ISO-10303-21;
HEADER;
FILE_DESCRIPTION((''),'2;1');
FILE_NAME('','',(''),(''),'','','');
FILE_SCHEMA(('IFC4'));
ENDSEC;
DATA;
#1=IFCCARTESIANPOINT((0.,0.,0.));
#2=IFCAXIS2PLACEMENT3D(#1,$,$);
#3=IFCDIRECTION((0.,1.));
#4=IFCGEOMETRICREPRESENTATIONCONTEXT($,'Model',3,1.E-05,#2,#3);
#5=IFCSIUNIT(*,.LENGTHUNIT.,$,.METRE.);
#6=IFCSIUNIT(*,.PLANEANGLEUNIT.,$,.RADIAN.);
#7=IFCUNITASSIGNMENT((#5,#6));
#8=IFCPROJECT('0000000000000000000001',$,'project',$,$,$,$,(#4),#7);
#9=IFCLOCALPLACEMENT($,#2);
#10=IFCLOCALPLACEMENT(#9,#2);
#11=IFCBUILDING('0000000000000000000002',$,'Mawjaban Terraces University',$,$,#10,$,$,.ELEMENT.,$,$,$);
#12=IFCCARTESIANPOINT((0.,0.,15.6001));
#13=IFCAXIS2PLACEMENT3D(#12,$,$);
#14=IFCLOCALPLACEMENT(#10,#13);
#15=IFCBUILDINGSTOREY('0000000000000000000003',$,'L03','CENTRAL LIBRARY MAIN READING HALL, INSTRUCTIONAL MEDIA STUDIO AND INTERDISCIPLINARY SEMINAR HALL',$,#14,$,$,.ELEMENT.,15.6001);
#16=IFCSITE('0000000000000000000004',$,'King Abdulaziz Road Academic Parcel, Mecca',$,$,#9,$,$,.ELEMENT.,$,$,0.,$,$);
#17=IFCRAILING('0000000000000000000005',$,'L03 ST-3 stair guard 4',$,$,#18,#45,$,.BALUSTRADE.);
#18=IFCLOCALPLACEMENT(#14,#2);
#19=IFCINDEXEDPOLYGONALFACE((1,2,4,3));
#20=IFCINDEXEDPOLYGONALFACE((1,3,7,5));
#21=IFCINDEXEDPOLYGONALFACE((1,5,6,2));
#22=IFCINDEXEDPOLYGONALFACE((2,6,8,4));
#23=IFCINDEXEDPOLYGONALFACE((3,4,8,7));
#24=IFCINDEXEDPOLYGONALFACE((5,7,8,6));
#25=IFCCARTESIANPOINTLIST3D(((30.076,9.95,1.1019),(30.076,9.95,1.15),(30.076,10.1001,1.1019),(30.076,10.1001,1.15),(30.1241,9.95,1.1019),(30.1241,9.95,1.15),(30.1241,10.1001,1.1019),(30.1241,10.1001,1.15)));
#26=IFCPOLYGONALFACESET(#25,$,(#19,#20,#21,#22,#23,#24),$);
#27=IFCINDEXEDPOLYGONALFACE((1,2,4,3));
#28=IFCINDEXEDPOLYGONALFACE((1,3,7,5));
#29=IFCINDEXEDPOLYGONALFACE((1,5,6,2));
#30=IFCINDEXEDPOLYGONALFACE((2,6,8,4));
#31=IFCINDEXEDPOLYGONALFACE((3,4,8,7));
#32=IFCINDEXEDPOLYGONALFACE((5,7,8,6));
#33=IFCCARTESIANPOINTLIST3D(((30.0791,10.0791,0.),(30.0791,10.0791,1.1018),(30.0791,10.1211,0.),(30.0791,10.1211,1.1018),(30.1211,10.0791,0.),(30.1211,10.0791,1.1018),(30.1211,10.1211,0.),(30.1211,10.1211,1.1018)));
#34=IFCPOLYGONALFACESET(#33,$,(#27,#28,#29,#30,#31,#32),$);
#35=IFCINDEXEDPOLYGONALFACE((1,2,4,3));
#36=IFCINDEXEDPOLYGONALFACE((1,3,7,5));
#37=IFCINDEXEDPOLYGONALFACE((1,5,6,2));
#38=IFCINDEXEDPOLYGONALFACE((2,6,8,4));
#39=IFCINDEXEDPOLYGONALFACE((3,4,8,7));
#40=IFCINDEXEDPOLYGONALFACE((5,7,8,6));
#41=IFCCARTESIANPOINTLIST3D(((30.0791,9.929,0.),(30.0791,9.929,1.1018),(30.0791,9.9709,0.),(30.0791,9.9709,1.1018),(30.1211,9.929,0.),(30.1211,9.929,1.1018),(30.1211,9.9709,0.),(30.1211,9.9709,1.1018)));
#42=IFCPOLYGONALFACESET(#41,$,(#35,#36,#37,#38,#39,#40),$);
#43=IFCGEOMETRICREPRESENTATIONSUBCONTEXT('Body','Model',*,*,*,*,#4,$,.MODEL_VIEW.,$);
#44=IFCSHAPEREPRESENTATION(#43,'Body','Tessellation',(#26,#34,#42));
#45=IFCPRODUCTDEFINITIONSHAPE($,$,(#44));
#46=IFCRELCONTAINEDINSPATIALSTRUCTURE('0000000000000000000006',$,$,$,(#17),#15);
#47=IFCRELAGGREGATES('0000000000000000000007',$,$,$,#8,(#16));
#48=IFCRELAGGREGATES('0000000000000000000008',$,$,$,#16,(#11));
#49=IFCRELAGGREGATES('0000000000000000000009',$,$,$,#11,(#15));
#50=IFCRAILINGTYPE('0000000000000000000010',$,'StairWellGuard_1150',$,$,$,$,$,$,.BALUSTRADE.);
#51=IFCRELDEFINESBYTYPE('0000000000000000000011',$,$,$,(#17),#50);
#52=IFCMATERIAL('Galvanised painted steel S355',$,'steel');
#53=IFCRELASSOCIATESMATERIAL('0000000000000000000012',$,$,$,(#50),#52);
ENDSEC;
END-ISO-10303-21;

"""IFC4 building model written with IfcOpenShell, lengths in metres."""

from ifc_helpers import new_model, si_unit, direction, frame, origin, origin_2d, place, context, subcontext, project, spatial, rectangle, extrude, material, type_object, element, save


model = new_model("IFC4")

# Units and contexts
model_context = context("Model", 3, precision=1e-05, world=origin(), true_north=direction((0.0, 1.0)))
body_context = subcontext(model_context, "Body", "Model", "MODEL_VIEW")
ifc_project = project(units=[si_unit("LENGTHUNIT", "METRE"), si_unit("PLANEANGLEUNIT", "RADIAN")], contexts=[model_context])

# Site, building, storey
site_placement = place(None, origin())
site = spatial("IfcSite", under=ifc_project, at=site_placement, Name="King Abdulaziz Road Academic Parcel, Mecca", CompositionType="ELEMENT", RefElevation=0.0)
building_placement = place(site_placement, origin())
building = spatial("IfcBuilding", under=site, at=building_placement, Name="Mawjaban Terraces University", CompositionType="ELEMENT")
storey_placement = place(building_placement, frame((0.0, 0.0, 15.6001)))
storey = spatial("IfcBuildingStorey", under=building, at=storey_placement, Name="L03", Description="CENTRAL LIBRARY MAIN READING HALL, INSTRUCTIONAL MEDIA STUDIO AND INTERDISCIPLINARY SEMINAR HALL", CompositionType="ELEMENT", Elevation=15.6001)

# Railing
ifc_material_1 = material(Name="Galvanised painted steel S355", Category="steel")
railing_type_1 = type_object("IfcRailingType", Name="StairWellGuard_1150", PredefinedType="BALUSTRADE", material=ifc_material_1)
railing_1_placement = place(storey_placement, frame((30.1001, 10.1001, 0.0)))
element("IfcRailing", 1, at=railing_1_placement, inside=storey, type_object=railing_type_1, Name="L03 ST-3 stair guard 4", PredefinedType="BALUSTRADE", context=body_context, shape_type="SweptSolid", body=[
    extrude(rectangle(XDim=0.0481, YDim=0.0481, at=origin_2d()), frame((0.0, 0.0, 1.126), z_axis=(0.0, -1.0, 0.0), x_axis=(1.0, 0.0, 0.0)), (0.0, 0.0, 1.0), 0.1501),
    extrude(rectangle(XDim=0.042, YDim=0.042, at=origin_2d()), origin(), (0.0, 0.0, 1.0), 1.1018),
    extrude(rectangle(XDim=0.042, YDim=0.042, at=origin_2d()), frame((0.0, -0.1501, 0.0)), (0.0, 0.0, 1.0), 1.1018),
])

save(model, "model.ifc")
